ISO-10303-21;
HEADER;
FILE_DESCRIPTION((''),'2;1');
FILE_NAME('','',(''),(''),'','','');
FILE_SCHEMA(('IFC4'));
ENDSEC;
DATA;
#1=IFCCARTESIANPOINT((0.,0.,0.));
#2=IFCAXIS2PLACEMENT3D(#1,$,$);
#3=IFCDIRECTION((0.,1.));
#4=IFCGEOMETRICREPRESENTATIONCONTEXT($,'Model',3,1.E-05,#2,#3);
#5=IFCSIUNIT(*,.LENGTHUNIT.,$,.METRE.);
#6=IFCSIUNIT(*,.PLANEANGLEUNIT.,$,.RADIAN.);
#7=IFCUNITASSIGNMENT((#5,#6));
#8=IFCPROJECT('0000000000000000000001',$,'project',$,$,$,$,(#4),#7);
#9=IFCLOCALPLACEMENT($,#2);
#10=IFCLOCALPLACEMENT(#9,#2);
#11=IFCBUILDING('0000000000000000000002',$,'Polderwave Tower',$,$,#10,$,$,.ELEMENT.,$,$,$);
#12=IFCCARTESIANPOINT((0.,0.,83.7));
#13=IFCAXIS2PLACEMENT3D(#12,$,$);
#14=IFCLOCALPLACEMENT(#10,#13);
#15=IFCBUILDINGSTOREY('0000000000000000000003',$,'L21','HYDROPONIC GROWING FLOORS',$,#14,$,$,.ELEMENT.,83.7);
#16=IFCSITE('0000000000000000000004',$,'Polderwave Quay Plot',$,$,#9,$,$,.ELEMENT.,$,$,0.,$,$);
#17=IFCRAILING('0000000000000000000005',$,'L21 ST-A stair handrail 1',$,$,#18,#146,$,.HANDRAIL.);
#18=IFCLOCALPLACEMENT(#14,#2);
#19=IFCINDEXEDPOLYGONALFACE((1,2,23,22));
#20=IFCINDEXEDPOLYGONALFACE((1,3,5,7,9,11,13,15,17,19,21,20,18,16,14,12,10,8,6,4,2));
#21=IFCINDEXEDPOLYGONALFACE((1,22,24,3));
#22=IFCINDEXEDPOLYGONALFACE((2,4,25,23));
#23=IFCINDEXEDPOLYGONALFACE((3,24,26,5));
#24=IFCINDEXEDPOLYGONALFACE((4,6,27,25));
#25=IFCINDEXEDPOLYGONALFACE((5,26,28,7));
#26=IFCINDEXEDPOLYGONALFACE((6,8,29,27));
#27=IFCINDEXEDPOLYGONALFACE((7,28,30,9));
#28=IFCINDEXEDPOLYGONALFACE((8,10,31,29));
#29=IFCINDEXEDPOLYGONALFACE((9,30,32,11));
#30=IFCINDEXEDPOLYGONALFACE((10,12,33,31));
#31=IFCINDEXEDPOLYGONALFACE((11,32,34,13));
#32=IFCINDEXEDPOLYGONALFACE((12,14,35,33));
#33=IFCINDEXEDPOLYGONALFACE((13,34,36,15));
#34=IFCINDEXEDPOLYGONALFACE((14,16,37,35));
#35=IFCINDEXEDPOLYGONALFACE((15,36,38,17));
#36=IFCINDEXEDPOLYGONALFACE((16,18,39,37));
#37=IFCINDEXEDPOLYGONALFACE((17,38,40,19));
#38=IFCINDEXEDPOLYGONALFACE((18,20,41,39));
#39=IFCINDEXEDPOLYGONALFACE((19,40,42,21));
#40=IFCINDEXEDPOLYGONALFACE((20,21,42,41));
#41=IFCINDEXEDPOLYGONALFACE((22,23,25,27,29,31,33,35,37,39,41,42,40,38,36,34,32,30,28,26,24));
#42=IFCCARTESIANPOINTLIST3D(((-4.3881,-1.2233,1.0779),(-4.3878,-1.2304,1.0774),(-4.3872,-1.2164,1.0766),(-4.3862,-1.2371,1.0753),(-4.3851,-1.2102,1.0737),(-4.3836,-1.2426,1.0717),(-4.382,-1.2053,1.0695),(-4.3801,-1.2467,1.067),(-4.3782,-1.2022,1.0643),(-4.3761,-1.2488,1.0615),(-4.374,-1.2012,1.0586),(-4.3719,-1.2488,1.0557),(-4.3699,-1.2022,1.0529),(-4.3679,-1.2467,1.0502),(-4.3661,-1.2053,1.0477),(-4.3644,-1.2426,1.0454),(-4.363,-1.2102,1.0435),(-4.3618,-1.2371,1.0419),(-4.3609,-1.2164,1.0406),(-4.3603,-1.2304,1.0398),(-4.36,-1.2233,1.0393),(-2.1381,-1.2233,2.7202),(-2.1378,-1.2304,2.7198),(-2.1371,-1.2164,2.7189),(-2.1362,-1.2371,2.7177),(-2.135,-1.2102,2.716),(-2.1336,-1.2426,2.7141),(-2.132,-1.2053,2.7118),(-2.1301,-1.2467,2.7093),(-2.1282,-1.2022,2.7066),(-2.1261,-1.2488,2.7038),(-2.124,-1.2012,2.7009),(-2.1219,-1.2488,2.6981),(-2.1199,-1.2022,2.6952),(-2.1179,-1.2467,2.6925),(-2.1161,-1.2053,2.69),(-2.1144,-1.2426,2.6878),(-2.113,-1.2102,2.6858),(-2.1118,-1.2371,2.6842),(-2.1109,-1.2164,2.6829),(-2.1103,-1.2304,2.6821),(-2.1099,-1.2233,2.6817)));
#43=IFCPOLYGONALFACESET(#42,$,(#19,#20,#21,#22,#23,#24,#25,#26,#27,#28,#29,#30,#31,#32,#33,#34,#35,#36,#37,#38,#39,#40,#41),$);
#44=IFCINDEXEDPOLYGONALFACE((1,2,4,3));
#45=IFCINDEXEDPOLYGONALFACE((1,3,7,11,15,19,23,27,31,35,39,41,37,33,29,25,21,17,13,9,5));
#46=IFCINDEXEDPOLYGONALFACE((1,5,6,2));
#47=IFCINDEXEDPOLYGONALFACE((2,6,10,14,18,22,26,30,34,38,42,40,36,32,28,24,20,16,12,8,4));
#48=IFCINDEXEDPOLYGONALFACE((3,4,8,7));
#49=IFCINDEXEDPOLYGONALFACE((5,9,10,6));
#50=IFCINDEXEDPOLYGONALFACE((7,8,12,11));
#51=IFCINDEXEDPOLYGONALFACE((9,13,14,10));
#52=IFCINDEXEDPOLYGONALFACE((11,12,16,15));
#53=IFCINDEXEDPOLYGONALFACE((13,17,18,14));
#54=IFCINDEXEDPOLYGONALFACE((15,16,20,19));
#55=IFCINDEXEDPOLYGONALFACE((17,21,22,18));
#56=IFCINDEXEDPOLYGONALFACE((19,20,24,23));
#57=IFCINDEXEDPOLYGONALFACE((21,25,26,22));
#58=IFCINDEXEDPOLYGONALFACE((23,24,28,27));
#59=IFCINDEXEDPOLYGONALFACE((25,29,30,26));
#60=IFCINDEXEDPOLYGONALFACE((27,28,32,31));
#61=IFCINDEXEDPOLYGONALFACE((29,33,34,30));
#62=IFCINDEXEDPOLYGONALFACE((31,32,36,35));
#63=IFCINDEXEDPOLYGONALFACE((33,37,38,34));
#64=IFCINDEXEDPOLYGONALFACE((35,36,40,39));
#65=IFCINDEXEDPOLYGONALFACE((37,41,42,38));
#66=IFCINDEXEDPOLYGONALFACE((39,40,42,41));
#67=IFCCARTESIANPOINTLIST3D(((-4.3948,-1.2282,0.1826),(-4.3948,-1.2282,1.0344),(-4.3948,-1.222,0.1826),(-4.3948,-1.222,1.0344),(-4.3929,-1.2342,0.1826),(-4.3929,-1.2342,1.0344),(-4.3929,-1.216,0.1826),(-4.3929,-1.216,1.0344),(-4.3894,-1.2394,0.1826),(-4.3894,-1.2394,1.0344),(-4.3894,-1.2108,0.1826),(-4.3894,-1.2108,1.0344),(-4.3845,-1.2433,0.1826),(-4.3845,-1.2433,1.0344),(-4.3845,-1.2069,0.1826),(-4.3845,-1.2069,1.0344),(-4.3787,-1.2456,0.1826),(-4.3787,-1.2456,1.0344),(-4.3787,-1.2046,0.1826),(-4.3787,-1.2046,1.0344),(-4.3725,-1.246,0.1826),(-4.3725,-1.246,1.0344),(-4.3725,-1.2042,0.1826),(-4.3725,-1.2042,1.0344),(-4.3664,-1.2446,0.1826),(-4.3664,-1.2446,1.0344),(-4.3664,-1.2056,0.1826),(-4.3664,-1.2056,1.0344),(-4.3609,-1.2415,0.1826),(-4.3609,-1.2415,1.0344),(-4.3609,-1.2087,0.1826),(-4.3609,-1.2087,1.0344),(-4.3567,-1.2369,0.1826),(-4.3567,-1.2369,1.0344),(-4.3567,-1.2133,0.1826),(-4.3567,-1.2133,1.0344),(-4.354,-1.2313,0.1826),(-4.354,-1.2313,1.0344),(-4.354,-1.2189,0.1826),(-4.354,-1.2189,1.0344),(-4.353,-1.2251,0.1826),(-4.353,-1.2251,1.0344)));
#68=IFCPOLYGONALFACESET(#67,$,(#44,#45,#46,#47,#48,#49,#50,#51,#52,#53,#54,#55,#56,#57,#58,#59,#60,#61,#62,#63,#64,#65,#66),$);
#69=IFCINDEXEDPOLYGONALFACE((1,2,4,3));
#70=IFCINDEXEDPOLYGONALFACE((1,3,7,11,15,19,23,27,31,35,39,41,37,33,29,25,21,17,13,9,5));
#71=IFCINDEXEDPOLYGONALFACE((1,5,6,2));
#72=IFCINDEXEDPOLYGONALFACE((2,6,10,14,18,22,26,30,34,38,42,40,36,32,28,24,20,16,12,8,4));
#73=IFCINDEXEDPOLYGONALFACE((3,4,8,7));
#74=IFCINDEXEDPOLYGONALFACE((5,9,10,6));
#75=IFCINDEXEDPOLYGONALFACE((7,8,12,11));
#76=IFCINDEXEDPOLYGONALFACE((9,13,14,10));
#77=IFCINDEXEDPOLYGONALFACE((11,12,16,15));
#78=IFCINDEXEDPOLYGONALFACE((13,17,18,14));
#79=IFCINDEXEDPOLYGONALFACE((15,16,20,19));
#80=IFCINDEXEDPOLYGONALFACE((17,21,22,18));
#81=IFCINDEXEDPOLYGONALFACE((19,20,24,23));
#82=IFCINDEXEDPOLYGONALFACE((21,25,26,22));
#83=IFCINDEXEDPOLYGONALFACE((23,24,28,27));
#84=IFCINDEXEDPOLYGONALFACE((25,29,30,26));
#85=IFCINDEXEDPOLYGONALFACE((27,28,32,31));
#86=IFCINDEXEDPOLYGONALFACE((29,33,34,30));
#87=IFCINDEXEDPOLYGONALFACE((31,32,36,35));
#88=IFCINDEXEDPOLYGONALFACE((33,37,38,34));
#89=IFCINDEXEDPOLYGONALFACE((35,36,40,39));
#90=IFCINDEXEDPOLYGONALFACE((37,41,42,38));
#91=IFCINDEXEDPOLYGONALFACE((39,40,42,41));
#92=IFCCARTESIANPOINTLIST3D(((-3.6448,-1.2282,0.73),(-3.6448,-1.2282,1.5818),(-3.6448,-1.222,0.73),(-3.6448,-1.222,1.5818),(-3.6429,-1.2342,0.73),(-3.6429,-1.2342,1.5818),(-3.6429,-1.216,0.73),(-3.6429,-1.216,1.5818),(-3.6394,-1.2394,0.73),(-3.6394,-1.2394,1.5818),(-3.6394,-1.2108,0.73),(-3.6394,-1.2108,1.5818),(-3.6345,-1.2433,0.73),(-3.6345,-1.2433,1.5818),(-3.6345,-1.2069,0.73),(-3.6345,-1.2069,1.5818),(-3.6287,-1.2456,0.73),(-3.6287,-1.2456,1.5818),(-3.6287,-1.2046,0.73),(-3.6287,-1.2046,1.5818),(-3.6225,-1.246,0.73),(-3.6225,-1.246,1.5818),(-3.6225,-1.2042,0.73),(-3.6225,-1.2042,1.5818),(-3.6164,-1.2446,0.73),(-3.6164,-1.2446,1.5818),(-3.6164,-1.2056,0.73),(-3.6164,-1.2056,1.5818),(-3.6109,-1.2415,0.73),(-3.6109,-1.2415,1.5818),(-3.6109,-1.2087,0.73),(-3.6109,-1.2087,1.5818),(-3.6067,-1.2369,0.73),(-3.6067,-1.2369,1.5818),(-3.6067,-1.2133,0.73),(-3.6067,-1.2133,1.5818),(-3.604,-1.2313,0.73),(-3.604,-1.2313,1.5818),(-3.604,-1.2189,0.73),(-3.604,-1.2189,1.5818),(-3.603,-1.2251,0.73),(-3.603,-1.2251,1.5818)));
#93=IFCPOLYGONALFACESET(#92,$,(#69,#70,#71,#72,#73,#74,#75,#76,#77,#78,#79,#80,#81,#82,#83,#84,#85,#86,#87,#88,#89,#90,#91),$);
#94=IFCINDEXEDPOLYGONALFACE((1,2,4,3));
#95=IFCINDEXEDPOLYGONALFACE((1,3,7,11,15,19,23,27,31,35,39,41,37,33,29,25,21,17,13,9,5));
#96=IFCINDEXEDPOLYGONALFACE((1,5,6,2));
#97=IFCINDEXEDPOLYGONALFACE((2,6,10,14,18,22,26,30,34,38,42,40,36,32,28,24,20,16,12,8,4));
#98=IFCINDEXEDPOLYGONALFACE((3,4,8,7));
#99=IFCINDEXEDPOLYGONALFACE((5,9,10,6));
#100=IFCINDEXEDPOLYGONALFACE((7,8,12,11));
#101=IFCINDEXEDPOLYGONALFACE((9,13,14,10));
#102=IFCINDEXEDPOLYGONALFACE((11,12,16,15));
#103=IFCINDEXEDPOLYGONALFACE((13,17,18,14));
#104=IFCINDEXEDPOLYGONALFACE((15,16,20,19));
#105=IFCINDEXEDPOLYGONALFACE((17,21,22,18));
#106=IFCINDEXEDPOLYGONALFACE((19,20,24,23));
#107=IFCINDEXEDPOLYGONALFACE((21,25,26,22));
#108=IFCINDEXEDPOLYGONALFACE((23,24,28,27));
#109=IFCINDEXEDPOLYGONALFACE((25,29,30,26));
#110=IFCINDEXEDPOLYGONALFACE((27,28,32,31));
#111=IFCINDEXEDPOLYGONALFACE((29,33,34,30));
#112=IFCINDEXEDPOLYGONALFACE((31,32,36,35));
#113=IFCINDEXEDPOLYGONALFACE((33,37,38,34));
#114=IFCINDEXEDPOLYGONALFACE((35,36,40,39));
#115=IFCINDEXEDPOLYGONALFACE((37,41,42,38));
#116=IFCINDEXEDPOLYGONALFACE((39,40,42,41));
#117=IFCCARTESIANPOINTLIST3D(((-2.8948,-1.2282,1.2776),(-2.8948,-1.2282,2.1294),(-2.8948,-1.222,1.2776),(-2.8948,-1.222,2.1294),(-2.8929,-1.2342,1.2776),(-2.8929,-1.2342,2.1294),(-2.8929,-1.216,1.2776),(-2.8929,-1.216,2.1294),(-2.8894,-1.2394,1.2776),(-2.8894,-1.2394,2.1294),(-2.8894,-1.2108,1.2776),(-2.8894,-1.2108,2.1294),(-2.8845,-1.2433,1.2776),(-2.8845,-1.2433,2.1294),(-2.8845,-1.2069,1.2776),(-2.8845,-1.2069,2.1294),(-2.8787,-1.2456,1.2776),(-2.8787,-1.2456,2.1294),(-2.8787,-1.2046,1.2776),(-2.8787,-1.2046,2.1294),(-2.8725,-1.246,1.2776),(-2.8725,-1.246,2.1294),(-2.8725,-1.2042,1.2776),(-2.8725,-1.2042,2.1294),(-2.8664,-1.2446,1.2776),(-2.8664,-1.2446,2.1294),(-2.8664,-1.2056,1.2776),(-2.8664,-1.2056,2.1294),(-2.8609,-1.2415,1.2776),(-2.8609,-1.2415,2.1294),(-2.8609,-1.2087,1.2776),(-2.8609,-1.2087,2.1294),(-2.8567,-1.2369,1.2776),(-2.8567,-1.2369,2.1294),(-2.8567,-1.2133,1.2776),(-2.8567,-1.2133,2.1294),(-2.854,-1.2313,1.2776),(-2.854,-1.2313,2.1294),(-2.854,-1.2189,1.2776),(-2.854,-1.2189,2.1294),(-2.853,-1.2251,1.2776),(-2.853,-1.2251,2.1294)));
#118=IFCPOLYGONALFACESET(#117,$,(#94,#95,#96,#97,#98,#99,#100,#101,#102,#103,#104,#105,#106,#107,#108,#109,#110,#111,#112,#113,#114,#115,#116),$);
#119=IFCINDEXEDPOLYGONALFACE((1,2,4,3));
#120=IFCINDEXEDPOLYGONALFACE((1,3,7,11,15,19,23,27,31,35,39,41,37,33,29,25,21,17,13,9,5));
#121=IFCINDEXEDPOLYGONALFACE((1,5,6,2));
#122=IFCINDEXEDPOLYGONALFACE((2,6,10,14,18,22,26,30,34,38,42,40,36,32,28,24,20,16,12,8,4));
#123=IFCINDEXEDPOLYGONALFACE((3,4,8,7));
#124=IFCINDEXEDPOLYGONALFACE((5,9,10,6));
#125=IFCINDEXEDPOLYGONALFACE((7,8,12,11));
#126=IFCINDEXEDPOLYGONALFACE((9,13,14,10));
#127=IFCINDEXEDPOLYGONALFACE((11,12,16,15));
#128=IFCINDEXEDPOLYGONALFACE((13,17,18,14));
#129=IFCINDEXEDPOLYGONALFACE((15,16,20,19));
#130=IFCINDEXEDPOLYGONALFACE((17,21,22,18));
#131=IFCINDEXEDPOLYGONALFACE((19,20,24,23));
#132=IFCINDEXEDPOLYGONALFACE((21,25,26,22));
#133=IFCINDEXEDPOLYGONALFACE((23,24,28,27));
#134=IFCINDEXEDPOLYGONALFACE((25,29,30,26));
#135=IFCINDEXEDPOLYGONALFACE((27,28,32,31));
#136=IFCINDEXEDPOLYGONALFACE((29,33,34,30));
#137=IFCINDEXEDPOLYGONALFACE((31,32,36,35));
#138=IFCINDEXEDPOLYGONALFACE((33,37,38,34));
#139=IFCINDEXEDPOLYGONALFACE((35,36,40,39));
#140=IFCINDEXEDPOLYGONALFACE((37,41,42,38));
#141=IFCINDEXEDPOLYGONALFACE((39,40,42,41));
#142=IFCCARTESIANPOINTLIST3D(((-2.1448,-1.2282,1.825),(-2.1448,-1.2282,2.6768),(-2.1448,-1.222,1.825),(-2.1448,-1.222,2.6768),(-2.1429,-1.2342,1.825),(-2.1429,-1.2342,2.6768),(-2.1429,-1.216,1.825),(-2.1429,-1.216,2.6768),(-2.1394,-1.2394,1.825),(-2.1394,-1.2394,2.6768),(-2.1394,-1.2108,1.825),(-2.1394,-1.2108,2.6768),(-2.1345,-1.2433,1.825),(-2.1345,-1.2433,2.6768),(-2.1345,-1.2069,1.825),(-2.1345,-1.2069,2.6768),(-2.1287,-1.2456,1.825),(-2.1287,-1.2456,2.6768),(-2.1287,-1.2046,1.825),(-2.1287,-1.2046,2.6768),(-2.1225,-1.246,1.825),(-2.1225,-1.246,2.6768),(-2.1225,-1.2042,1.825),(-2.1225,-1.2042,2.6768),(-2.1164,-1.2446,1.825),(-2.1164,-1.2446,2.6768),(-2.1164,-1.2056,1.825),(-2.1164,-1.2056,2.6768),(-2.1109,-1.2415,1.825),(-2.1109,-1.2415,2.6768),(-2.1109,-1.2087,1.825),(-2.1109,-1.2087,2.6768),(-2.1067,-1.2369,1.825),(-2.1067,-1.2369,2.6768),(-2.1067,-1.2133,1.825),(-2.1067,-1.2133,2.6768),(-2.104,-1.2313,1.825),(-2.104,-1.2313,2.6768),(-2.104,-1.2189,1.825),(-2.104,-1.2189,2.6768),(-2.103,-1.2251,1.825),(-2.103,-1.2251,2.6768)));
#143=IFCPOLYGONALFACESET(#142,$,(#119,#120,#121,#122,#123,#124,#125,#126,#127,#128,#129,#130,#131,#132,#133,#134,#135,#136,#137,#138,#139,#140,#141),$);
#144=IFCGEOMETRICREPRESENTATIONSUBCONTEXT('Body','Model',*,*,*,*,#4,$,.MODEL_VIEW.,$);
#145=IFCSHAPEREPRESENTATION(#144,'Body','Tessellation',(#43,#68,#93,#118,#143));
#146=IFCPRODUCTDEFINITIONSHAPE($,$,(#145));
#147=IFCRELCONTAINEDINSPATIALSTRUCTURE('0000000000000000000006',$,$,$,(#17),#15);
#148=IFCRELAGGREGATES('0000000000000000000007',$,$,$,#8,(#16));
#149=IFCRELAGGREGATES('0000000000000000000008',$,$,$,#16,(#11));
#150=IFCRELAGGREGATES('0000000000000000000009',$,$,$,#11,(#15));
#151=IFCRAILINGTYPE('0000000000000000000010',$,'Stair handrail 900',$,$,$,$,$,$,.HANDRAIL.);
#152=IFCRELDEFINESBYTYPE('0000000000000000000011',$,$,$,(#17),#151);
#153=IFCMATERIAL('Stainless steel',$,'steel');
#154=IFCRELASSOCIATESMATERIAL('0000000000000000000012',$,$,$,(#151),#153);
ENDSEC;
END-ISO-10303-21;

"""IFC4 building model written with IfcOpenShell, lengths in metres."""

from ifc_helpers import new_model, si_unit, direction, frame, origin, origin_2d, place, context, subcontext, project, spatial, circle, extrude, material, type_object, element, save


model = new_model("IFC4")

# Units and contexts
model_context = context("Model", 3, precision=1e-05, world=origin(), true_north=direction((0.0, 1.0)))
body_context = subcontext(model_context, "Body", "Model", "MODEL_VIEW")
ifc_project = project(units=[si_unit("LENGTHUNIT", "METRE"), si_unit("PLANEANGLEUNIT", "RADIAN")], contexts=[model_context])

# Site, building, storey
site_placement = place(None, origin())
site = spatial("IfcSite", under=ifc_project, at=site_placement, Name="Polderwave Quay Plot", CompositionType="ELEMENT", RefElevation=0.0)
building_placement = place(site_placement, origin())
building = spatial("IfcBuilding", under=site, at=building_placement, Name="Polderwave Tower", CompositionType="ELEMENT")
storey_placement = place(building_placement, frame((0.0, 0.0, 83.7)))
storey = spatial("IfcBuildingStorey", under=building, at=storey_placement, Name="L21", Description="HYDROPONIC GROWING FLOORS", CompositionType="ELEMENT", Elevation=83.7)

# Shared definitions
ifc_material_1 = material(Name="Stainless steel", Category="steel")

# Railing
railing_type_1 = type_object("IfcRailingType", Name="Stair handrail 900", PredefinedType="HANDRAIL", material=ifc_material_1)
railing_1_placement = place(storey_placement, frame((-4.374, -1.2251, 0.1826)))
element("IfcRailing", 1, at=railing_1_placement, inside=storey, type_object=railing_type_1, Name="L21 ST-A stair handrail 1", PredefinedType="HANDRAIL", context=body_context, shape_type="SweptSolid", body=[
    extrude(circle(Radius=0.0239, at=origin_2d()), frame((0.0, 0.0, 0.876), z_axis=(0.807715, 0.0, 0.589573), x_axis=(0.0, 1.0, 0.0)), (0.0, 0.0, 1.0), 2.7856),
    extrude(circle(Radius=0.021, at=origin_2d()), origin(), (0.0, 0.0, 1.0), 0.8518),
    extrude(circle(Radius=0.021, at=origin_2d()), frame((0.75, 0.0, 0.5474)), (0.0, 0.0, 1.0), 0.8518),
    extrude(circle(Radius=0.021, at=origin_2d()), frame((1.5, 0.0, 1.095)), (0.0, 0.0, 1.0), 0.8518),
    extrude(circle(Radius=0.021, at=origin_2d()), frame((2.25, 0.0, 1.6423)), (0.0, 0.0, 1.0), 0.8518),
])

save(model, "model.ifc")
